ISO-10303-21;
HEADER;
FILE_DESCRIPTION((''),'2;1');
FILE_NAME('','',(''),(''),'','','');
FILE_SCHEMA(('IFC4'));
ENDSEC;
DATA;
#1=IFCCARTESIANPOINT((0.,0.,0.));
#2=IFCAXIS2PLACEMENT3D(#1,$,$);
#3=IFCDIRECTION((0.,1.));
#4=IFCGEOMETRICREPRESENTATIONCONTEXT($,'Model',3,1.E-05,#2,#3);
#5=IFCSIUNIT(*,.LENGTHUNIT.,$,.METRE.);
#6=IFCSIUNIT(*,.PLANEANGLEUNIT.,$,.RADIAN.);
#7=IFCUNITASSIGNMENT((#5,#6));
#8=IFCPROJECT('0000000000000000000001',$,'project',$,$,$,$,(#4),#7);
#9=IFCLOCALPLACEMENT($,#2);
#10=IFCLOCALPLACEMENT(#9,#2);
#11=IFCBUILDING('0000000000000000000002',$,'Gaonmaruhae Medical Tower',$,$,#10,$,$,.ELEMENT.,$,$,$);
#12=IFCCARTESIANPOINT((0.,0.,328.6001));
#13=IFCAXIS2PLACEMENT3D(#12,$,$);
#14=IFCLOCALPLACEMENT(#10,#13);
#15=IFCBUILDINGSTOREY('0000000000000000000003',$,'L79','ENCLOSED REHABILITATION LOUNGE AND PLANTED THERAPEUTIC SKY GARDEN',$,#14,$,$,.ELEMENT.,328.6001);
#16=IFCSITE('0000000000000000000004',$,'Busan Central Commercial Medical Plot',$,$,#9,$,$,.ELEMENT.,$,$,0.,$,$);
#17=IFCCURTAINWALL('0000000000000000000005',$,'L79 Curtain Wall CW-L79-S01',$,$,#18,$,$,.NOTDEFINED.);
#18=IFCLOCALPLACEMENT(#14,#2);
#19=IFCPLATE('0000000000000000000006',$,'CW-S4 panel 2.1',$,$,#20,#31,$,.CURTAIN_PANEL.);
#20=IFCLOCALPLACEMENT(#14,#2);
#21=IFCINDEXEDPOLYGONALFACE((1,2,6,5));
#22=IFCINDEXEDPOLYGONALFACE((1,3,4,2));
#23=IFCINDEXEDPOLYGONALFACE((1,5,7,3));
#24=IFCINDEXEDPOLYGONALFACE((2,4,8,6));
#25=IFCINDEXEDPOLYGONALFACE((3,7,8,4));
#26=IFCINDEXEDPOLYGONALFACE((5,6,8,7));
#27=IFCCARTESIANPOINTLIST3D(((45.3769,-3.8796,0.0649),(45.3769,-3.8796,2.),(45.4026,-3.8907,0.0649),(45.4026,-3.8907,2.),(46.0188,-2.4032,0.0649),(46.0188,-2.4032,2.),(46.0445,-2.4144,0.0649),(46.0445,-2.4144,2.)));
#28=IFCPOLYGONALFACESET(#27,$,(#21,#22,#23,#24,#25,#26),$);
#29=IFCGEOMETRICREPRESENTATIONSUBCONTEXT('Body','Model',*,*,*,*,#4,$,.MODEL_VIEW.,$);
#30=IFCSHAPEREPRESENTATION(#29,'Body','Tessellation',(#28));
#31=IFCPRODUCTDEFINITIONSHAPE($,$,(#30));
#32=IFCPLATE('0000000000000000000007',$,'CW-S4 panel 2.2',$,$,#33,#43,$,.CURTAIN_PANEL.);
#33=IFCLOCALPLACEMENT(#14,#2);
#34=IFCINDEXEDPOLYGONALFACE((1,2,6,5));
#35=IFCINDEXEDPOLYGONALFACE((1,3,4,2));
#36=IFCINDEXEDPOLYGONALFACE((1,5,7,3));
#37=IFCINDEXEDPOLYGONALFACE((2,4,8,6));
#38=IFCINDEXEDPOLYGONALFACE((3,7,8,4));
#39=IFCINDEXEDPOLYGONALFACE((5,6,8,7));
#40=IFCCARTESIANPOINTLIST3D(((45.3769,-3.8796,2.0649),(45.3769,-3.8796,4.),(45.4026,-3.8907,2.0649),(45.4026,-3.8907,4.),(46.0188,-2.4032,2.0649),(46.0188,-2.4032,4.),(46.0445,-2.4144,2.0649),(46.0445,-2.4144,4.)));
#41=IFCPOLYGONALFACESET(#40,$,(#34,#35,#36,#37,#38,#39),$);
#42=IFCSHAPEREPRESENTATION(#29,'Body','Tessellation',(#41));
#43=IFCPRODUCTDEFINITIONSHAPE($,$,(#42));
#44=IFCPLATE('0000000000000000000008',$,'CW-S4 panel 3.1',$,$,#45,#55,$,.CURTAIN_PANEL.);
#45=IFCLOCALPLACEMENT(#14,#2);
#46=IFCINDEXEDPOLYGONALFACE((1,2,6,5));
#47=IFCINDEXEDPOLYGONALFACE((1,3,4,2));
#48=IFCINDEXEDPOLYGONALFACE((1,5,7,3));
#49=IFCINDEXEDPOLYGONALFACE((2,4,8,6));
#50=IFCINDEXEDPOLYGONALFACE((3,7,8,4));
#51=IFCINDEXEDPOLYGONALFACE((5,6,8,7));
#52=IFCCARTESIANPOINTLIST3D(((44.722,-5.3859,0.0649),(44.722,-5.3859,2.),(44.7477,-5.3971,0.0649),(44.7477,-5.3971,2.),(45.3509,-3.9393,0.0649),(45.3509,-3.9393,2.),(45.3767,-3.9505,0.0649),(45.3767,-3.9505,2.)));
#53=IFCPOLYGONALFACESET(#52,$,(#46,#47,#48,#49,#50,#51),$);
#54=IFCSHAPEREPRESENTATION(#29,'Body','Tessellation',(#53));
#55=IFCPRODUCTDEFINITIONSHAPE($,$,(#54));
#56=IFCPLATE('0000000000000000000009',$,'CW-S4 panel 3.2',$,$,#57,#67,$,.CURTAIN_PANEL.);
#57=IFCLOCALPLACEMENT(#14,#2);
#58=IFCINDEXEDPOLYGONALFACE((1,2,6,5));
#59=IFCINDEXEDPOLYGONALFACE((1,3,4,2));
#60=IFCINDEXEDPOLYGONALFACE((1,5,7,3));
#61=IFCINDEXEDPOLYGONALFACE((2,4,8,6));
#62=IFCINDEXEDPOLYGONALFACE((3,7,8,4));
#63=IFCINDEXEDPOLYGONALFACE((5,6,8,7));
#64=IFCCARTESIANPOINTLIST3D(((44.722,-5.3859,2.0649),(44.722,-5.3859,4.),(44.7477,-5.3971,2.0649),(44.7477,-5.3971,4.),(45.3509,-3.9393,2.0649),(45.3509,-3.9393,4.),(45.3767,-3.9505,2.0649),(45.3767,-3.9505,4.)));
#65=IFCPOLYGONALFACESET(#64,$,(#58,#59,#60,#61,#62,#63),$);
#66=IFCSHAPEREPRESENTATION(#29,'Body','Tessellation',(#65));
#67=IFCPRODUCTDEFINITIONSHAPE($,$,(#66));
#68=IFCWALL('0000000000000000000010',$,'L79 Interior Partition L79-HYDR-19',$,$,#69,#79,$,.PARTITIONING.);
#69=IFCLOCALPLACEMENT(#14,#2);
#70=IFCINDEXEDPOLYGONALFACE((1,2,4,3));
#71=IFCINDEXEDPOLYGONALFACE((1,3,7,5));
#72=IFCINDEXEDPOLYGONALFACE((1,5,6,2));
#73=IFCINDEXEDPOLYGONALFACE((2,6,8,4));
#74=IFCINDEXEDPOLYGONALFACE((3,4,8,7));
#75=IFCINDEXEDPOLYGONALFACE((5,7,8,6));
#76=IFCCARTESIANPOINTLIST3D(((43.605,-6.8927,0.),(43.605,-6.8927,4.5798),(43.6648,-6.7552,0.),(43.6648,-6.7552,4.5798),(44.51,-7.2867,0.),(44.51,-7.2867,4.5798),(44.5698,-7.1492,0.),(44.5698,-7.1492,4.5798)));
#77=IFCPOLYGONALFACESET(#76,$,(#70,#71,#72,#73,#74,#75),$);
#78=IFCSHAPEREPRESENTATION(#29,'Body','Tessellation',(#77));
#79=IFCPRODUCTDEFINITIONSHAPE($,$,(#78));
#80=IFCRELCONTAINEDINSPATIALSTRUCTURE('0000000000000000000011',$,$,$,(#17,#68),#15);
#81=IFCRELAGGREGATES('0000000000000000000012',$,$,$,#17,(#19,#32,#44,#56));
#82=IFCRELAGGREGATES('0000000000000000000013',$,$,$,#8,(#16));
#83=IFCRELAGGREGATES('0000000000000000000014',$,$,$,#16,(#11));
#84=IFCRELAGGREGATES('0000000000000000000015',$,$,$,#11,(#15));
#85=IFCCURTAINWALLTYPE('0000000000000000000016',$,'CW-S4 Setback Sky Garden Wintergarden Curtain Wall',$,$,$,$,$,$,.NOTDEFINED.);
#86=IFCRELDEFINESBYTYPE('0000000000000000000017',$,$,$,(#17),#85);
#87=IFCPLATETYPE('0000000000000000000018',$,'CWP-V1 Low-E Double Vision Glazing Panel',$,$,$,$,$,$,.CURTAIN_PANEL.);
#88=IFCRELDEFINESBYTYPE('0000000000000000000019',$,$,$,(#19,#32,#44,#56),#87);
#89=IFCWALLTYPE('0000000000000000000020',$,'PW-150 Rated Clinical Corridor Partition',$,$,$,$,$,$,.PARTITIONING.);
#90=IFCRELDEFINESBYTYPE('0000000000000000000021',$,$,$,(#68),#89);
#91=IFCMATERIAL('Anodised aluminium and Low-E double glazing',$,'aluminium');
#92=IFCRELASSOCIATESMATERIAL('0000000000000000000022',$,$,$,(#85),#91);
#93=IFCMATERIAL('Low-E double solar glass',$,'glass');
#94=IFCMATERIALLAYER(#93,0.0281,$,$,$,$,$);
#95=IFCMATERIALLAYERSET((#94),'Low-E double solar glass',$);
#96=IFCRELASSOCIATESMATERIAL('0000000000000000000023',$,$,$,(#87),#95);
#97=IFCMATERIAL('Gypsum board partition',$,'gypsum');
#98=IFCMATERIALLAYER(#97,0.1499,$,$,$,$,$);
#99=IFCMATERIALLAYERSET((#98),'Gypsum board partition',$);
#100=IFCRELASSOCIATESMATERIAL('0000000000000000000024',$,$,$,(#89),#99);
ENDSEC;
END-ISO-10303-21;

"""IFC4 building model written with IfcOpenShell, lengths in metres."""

from ifc_helpers import new_model, si_unit, direction, frame, frame_2d, origin, origin_2d, place, context, subcontext, project, spatial, rectangle, extrude, material, layer, layer_set, type_object, element, aggregate, save


model = new_model("IFC4")

# Units and contexts
model_context = context("Model", 3, precision=1e-05, world=origin(), true_north=direction((0.0, 1.0)))
body_context = subcontext(model_context, "Body", "Model", "MODEL_VIEW")
ifc_project = project(units=[si_unit("LENGTHUNIT", "METRE"), si_unit("PLANEANGLEUNIT", "RADIAN")], contexts=[model_context])

# Site, building, storey
site_placement = place(None, origin())
site = spatial("IfcSite", under=ifc_project, at=site_placement, Name="Busan Central Commercial Medical Plot", CompositionType="ELEMENT", RefElevation=0.0)
building_placement = place(site_placement, origin())
building = spatial("IfcBuilding", under=site, at=building_placement, Name="Gaonmaruhae Medical Tower", CompositionType="ELEMENT")
storey_placement = place(building_placement, frame((0.0, 0.0, 328.6001)))
storey = spatial("IfcBuildingStorey", under=building, at=storey_placement, Name="L79", Description="ENCLOSED REHABILITATION LOUNGE AND PLANTED THERAPEUTIC SKY GARDEN", CompositionType="ELEMENT", Elevation=328.6001)

# Curtain wall, plates
ifc_material_1 = material(Name="Anodised aluminium and Low-E double glazing", Category="aluminium")
curtain_wall_type = type_object("IfcCurtainWallType", Name="CW-S4 Setback Sky Garden Wintergarden Curtain Wall", PredefinedType="NOTDEFINED", material=ifc_material_1)
curtain_wall_placement = place(storey_placement, origin())
curtain_wall = element("IfcCurtainWall", 1, at=curtain_wall_placement, inside=storey, type_object=curtain_wall_type, Name="L79 Curtain Wall CW-L79-S01", PredefinedType="NOTDEFINED")
ifc_material_2 = material(Name="Low-E double solar glass", Category="glass")
ifc_layer_1 = layer(ifc_material_2, 0.0281)
ifc_layer_set_1 = layer_set([ifc_layer_1], Name="Low-E double solar glass")
plate_type = type_object("IfcPlateType", Name="CWP-V1 Low-E Double Vision Glazing Panel", PredefinedType="CURTAIN_PANEL", material=ifc_layer_set_1)
plate_1_placement = place(storey_placement, frame((45.7107, -3.147, 0.0649), z_axis=(0.0, 0.0, 1.0), x_axis=(-0.398732, -0.917068, 0.0)))
plate_1 = element("IfcPlate", 2, at=plate_1_placement, type_object=plate_type, Name="CW-S4 panel 2.1", PredefinedType="CURTAIN_PANEL", context=body_context, shape_type="SweptSolid", body=[
    extrude(rectangle(XDim=1.6099, YDim=0.0281, at=origin_2d()), origin(), (0.0, 0.0, 1.0), 1.9351),
])
plate_2_placement = place(storey_placement, frame((45.7107, -3.147, 2.0649), z_axis=(0.0, 0.0, 1.0), x_axis=(-0.398732, -0.917068, 0.0)))
plate_2 = element("IfcPlate", 3, at=plate_2_placement, type_object=plate_type, Name="CW-S4 panel 2.2", PredefinedType="CURTAIN_PANEL", context=body_context, shape_type="SweptSolid", body=[
    extrude(rectangle(XDim=1.6099, YDim=0.0281, at=origin_2d()), origin(), (0.0, 0.0, 1.0), 1.9351),
])
plate_3_placement = place(storey_placement, frame((45.0493, -4.6682, 0.0649), z_axis=(0.0, 0.0, 1.0), x_axis=(-0.398732, -0.917068, 0.0)))
plate_3 = element("IfcPlate", 4, at=plate_3_placement, type_object=plate_type, Name="CW-S4 panel 3.1", PredefinedType="CURTAIN_PANEL", context=body_context, shape_type="SweptSolid", body=[
    extrude(rectangle(XDim=1.5774, YDim=0.0281, at=origin_2d()), origin(), (0.0, 0.0, 1.0), 1.9351),
])
plate_4_placement = place(storey_placement, frame((45.0493, -4.6682, 2.0649), z_axis=(0.0, 0.0, 1.0), x_axis=(-0.398732, -0.917068, 0.0)))
plate_4 = element("IfcPlate", 5, at=plate_4_placement, type_object=plate_type, Name="CW-S4 panel 3.2", PredefinedType="CURTAIN_PANEL", context=body_context, shape_type="SweptSolid", body=[
    extrude(rectangle(XDim=1.5774, YDim=0.0281, at=origin_2d()), origin(), (0.0, 0.0, 1.0), 1.9351),
])
aggregate(curtain_wall, [plate_1, plate_2, plate_3, plate_4])

# Wall
ifc_material_3 = material(Name="Gypsum board partition", Category="gypsum")
ifc_layer_2 = layer(ifc_material_3, 0.1499)
ifc_layer_set_2 = layer_set([ifc_layer_2], Name="Gypsum board partition")
wall_type = type_object("IfcWallType", Name="PW-150 Rated Clinical Corridor Partition", PredefinedType="PARTITIONING", material=ifc_layer_set_2)
wall_placement = place(storey_placement, frame((44.54, -7.218, 0.0), z_axis=(0.0, 0.0, 1.0), x_axis=(-0.916865, 0.399196, 0.0)))
element("IfcWall", 6, at=wall_placement, inside=storey, type_object=wall_type, Name="L79 Interior Partition L79-HYDR-19", PredefinedType="PARTITIONING", context=body_context, shape_type="SweptSolid", body=[
    extrude(rectangle(XDim=0.9871, YDim=0.1499, at=frame_2d((0.4937, 0.0))), origin(), (0.0, 0.0, 1.0), 4.5798),
])

save(model, "model.ifc")
